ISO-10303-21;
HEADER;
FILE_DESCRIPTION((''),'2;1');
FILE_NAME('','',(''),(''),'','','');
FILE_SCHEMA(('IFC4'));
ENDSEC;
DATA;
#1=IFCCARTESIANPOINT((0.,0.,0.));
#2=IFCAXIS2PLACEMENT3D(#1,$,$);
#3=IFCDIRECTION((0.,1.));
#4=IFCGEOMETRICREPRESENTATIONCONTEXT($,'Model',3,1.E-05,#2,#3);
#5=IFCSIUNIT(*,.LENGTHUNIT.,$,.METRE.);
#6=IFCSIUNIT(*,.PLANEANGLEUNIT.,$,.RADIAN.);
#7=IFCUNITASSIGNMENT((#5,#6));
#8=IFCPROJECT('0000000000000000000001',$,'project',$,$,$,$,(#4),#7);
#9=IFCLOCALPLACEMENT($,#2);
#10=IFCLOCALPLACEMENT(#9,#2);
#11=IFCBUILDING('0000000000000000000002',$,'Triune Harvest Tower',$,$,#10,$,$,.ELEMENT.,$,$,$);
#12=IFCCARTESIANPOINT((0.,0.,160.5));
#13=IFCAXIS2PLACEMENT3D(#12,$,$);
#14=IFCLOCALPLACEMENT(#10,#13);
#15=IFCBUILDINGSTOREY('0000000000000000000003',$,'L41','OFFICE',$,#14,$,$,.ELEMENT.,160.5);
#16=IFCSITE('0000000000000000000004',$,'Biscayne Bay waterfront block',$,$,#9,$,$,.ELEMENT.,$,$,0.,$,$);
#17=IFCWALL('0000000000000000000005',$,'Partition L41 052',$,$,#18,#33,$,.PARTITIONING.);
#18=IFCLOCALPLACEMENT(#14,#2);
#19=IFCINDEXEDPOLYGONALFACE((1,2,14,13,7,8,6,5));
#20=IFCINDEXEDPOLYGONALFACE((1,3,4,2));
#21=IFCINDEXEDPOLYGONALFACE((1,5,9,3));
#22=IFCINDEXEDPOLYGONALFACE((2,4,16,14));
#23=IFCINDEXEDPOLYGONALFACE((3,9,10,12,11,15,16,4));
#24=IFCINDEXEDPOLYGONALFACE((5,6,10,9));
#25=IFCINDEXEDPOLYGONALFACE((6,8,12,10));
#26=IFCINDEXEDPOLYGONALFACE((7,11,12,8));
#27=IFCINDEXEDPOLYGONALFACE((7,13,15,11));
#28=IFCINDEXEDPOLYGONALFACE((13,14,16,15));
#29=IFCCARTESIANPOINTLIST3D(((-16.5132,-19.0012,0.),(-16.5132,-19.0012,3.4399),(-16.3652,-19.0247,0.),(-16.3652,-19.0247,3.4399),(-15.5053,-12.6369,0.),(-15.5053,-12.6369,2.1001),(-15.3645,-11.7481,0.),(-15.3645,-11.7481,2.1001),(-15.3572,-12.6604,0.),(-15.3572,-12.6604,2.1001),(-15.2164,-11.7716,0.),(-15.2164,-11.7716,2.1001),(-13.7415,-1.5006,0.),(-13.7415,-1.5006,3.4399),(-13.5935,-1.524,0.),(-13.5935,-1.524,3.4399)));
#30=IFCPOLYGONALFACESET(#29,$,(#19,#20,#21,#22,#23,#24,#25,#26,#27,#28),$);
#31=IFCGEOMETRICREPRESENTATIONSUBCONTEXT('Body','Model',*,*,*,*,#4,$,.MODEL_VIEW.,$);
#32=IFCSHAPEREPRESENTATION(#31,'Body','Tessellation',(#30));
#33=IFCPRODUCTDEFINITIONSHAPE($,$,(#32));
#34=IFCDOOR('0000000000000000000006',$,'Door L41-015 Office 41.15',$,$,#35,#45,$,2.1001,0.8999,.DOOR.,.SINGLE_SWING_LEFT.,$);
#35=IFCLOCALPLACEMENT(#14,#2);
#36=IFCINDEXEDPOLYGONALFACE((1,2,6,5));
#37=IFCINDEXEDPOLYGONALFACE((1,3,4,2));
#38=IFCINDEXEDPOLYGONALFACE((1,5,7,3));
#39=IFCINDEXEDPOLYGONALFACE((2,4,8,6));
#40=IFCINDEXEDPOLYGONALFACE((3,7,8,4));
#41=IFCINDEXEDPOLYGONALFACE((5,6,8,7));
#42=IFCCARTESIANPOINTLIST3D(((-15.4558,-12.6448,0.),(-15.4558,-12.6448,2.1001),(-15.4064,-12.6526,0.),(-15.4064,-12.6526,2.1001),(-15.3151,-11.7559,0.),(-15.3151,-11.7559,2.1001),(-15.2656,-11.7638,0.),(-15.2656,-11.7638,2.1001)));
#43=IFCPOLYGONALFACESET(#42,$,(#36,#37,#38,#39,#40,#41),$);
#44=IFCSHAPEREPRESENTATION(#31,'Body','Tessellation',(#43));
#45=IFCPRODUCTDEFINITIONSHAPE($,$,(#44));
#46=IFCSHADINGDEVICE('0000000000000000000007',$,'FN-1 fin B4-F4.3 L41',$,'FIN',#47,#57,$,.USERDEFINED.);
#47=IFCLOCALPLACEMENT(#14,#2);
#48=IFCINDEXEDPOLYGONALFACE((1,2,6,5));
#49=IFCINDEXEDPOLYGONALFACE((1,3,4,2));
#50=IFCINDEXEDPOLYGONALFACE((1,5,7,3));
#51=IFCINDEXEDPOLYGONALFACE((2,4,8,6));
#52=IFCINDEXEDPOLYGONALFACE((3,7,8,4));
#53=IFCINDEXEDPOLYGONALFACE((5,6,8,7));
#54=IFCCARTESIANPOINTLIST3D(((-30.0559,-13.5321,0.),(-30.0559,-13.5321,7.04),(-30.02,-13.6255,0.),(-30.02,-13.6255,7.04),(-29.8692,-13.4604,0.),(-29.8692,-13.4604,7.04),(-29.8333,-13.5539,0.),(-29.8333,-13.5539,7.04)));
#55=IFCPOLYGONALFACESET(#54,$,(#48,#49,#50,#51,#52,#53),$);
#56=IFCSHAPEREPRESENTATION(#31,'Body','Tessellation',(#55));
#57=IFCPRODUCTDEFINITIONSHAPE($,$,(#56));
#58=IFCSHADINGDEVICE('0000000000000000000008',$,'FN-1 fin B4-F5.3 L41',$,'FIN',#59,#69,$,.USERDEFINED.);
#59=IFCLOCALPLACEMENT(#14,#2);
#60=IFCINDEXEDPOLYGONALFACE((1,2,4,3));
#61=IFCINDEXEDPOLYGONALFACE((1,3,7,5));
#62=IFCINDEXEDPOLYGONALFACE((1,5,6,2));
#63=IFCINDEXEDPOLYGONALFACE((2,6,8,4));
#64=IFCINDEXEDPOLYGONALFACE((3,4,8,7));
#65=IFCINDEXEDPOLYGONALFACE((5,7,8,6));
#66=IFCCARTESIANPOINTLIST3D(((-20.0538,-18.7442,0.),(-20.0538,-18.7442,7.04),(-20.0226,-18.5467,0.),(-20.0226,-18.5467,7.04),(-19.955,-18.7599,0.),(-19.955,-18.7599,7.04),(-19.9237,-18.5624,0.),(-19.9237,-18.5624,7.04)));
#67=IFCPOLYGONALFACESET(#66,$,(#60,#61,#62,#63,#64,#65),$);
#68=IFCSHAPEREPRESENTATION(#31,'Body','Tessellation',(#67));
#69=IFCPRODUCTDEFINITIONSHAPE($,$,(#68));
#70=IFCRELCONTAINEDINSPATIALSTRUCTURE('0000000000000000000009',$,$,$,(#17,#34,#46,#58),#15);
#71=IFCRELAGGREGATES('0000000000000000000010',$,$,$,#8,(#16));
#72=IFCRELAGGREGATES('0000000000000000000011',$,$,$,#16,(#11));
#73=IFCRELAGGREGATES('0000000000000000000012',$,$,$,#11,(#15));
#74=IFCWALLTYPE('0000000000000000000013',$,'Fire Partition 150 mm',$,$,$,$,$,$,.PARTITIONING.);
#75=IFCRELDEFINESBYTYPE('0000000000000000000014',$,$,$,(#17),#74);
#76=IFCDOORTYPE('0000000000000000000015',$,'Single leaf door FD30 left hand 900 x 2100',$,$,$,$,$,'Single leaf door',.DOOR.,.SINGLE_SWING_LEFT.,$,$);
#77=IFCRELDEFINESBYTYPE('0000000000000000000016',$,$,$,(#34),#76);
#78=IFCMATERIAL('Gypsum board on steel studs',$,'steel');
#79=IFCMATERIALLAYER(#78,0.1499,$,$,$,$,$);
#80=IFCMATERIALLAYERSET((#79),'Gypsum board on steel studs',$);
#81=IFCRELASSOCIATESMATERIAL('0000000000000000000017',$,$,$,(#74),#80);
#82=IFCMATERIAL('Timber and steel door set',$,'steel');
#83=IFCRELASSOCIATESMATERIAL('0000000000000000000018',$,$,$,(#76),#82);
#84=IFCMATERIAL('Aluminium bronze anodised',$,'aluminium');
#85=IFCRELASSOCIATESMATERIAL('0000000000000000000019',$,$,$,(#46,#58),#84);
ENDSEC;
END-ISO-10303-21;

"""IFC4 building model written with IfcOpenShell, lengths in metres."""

from ifc_helpers import new_model, si_unit, direction, frame, frame_2d, origin, origin_2d, place, context, subcontext, project, spatial, rectangle, extrude, source, transform, mapped, material, layer, layer_set, type_object, element, fill, save


model = new_model("IFC4")

# Units and contexts
model_context = context("Model", 3, precision=1e-05, world=origin(), true_north=direction((0.0, 1.0)))
body_context = subcontext(model_context, "Body", "Model", "MODEL_VIEW")
ifc_project = project(units=[si_unit("LENGTHUNIT", "METRE"), si_unit("PLANEANGLEUNIT", "RADIAN")], contexts=[model_context])

# Site, building, storey
site_placement = place(None, origin())
site = spatial("IfcSite", under=ifc_project, at=site_placement, Name="Biscayne Bay waterfront block", CompositionType="ELEMENT", RefElevation=0.0)
building_placement = place(site_placement, origin())
building = spatial("IfcBuilding", under=site, at=building_placement, Name="Triune Harvest Tower", CompositionType="ELEMENT")
storey_placement = place(building_placement, frame((0.0, 0.0, 160.5)))
storey = spatial("IfcBuildingStorey", under=building, at=storey_placement, Name="L41", Description="OFFICE", CompositionType="ELEMENT", Elevation=160.5)

# Wall, opening, door
ifc_material_1 = material(Name="Gypsum board on steel studs", Category="steel")
ifc_layer_1 = layer(ifc_material_1, 0.1499)
ifc_layer_set_1 = layer_set([ifc_layer_1], Name="Gypsum board on steel studs")
wall_type_1 = type_object("IfcWallType", Name="Fire Partition 150 mm", PredefinedType="PARTITIONING", material=ifc_layer_set_1)
shared_shape_1 = source(origin(), body_context, "Body", "SweptSolid", [
    extrude(rectangle(XDim=17.7188, YDim=0.1499, at=frame_2d((8.8594, 0.0))), origin(), (0.0, 0.0, 1.0), 3.4399),
])
wall_1_placement = place(storey_placement, frame((-16.4392, -19.0129, 0.0), z_axis=(0.0, 0.0, 1.0), x_axis=(0.156428, 0.987689, 0.0)))
wall_1 = element("IfcWall", 1, at=wall_1_placement, inside=storey, type_object=wall_type_1, Name="Partition L41 052", PredefinedType="PARTITIONING", context=body_context, shape_type="MappedRepresentation", body=[
    mapped(shared_shape_1, transform((0.0, 0.0, 0.0), scale=1.0)),
])
opening_placement = place(wall_1_placement, frame((6.4436, 0.0, 0.0)))
opening = element("IfcOpeningElement", 2, at=opening_placement, cuts=wall_1, PredefinedType="OPENING", context=body_context, shape_type="SweptSolid", body=[
    extrude(rectangle(XDim=0.8999, YDim=2.1001, at=frame_2d((0.45, 1.05))), frame((0.0, 0.085, 0.0), z_axis=(0.0, -1.0, 0.0), x_axis=(1.0, 0.0, 0.0)), (0.0, 0.0, 1.0), 0.1699),
])
ifc_material_2 = material(Name="Timber and steel door set", Category="steel")
door_type = type_object("IfcDoorType", Name="Single leaf door FD30 left hand 900 x 2100", ElementType="Single leaf door", OperationType="SINGLE_SWING_LEFT", PredefinedType="DOOR", material=ifc_material_2)
door_placement = place(opening_placement, origin())
door = element("IfcDoor", 3, at=door_placement, inside=storey, type_object=door_type, Name="Door L41-015 Office 41.15", OperationType="SINGLE_SWING_LEFT", OverallHeight=2.1001, OverallWidth=0.8999, PredefinedType="DOOR", context=body_context, shape_type="SweptSolid", body=[
    extrude(rectangle(XDim=0.8999, YDim=2.1001, at=frame_2d((0.45, 1.05))), frame((0.0, 0.0249, 0.0), z_axis=(0.0, -1.0, 0.0), x_axis=(1.0, 0.0, 0.0)), (0.0, 0.0, 1.0), 0.05),
])
fill(opening, door)

# Shading devices
ifc_material_3 = material(Name="Aluminium bronze anodised", Category="aluminium")
shared_shape_2 = source(origin(), body_context, "Body", "SweptSolid", [
    extrude(rectangle(XDim=0.1001, YDim=0.2, at=origin_2d()), origin(), (0.0, 0.0, 1.0), 7.04),
])
for number, where, z_axis, x_axis, name in (
    (4, (-29.9446, -13.543, 0.0), (0.0, 0.0, 1.0), (0.358369, -0.93358, 0.0), "FN-1 fin B4-F4.3 L41"),
    (5, (-19.9888, -18.6533, 0.0), (0.0, 0.0, 1.0), (0.987688, -0.156435, 0.0), "FN-1 fin B4-F5.3 L41"),
):
    element("IfcShadingDevice", number, at=place(storey_placement, frame(where, z_axis=z_axis, x_axis=x_axis)), inside=storey, material=ifc_material_3, Name=name, ObjectType="FIN", PredefinedType="USERDEFINED", context=body_context, shape_type="MappedRepresentation", body=[
        mapped(shared_shape_2, transform((0.0, 0.0, 0.0), scale=1.0)),
    ])

save(model, "model.ifc")
